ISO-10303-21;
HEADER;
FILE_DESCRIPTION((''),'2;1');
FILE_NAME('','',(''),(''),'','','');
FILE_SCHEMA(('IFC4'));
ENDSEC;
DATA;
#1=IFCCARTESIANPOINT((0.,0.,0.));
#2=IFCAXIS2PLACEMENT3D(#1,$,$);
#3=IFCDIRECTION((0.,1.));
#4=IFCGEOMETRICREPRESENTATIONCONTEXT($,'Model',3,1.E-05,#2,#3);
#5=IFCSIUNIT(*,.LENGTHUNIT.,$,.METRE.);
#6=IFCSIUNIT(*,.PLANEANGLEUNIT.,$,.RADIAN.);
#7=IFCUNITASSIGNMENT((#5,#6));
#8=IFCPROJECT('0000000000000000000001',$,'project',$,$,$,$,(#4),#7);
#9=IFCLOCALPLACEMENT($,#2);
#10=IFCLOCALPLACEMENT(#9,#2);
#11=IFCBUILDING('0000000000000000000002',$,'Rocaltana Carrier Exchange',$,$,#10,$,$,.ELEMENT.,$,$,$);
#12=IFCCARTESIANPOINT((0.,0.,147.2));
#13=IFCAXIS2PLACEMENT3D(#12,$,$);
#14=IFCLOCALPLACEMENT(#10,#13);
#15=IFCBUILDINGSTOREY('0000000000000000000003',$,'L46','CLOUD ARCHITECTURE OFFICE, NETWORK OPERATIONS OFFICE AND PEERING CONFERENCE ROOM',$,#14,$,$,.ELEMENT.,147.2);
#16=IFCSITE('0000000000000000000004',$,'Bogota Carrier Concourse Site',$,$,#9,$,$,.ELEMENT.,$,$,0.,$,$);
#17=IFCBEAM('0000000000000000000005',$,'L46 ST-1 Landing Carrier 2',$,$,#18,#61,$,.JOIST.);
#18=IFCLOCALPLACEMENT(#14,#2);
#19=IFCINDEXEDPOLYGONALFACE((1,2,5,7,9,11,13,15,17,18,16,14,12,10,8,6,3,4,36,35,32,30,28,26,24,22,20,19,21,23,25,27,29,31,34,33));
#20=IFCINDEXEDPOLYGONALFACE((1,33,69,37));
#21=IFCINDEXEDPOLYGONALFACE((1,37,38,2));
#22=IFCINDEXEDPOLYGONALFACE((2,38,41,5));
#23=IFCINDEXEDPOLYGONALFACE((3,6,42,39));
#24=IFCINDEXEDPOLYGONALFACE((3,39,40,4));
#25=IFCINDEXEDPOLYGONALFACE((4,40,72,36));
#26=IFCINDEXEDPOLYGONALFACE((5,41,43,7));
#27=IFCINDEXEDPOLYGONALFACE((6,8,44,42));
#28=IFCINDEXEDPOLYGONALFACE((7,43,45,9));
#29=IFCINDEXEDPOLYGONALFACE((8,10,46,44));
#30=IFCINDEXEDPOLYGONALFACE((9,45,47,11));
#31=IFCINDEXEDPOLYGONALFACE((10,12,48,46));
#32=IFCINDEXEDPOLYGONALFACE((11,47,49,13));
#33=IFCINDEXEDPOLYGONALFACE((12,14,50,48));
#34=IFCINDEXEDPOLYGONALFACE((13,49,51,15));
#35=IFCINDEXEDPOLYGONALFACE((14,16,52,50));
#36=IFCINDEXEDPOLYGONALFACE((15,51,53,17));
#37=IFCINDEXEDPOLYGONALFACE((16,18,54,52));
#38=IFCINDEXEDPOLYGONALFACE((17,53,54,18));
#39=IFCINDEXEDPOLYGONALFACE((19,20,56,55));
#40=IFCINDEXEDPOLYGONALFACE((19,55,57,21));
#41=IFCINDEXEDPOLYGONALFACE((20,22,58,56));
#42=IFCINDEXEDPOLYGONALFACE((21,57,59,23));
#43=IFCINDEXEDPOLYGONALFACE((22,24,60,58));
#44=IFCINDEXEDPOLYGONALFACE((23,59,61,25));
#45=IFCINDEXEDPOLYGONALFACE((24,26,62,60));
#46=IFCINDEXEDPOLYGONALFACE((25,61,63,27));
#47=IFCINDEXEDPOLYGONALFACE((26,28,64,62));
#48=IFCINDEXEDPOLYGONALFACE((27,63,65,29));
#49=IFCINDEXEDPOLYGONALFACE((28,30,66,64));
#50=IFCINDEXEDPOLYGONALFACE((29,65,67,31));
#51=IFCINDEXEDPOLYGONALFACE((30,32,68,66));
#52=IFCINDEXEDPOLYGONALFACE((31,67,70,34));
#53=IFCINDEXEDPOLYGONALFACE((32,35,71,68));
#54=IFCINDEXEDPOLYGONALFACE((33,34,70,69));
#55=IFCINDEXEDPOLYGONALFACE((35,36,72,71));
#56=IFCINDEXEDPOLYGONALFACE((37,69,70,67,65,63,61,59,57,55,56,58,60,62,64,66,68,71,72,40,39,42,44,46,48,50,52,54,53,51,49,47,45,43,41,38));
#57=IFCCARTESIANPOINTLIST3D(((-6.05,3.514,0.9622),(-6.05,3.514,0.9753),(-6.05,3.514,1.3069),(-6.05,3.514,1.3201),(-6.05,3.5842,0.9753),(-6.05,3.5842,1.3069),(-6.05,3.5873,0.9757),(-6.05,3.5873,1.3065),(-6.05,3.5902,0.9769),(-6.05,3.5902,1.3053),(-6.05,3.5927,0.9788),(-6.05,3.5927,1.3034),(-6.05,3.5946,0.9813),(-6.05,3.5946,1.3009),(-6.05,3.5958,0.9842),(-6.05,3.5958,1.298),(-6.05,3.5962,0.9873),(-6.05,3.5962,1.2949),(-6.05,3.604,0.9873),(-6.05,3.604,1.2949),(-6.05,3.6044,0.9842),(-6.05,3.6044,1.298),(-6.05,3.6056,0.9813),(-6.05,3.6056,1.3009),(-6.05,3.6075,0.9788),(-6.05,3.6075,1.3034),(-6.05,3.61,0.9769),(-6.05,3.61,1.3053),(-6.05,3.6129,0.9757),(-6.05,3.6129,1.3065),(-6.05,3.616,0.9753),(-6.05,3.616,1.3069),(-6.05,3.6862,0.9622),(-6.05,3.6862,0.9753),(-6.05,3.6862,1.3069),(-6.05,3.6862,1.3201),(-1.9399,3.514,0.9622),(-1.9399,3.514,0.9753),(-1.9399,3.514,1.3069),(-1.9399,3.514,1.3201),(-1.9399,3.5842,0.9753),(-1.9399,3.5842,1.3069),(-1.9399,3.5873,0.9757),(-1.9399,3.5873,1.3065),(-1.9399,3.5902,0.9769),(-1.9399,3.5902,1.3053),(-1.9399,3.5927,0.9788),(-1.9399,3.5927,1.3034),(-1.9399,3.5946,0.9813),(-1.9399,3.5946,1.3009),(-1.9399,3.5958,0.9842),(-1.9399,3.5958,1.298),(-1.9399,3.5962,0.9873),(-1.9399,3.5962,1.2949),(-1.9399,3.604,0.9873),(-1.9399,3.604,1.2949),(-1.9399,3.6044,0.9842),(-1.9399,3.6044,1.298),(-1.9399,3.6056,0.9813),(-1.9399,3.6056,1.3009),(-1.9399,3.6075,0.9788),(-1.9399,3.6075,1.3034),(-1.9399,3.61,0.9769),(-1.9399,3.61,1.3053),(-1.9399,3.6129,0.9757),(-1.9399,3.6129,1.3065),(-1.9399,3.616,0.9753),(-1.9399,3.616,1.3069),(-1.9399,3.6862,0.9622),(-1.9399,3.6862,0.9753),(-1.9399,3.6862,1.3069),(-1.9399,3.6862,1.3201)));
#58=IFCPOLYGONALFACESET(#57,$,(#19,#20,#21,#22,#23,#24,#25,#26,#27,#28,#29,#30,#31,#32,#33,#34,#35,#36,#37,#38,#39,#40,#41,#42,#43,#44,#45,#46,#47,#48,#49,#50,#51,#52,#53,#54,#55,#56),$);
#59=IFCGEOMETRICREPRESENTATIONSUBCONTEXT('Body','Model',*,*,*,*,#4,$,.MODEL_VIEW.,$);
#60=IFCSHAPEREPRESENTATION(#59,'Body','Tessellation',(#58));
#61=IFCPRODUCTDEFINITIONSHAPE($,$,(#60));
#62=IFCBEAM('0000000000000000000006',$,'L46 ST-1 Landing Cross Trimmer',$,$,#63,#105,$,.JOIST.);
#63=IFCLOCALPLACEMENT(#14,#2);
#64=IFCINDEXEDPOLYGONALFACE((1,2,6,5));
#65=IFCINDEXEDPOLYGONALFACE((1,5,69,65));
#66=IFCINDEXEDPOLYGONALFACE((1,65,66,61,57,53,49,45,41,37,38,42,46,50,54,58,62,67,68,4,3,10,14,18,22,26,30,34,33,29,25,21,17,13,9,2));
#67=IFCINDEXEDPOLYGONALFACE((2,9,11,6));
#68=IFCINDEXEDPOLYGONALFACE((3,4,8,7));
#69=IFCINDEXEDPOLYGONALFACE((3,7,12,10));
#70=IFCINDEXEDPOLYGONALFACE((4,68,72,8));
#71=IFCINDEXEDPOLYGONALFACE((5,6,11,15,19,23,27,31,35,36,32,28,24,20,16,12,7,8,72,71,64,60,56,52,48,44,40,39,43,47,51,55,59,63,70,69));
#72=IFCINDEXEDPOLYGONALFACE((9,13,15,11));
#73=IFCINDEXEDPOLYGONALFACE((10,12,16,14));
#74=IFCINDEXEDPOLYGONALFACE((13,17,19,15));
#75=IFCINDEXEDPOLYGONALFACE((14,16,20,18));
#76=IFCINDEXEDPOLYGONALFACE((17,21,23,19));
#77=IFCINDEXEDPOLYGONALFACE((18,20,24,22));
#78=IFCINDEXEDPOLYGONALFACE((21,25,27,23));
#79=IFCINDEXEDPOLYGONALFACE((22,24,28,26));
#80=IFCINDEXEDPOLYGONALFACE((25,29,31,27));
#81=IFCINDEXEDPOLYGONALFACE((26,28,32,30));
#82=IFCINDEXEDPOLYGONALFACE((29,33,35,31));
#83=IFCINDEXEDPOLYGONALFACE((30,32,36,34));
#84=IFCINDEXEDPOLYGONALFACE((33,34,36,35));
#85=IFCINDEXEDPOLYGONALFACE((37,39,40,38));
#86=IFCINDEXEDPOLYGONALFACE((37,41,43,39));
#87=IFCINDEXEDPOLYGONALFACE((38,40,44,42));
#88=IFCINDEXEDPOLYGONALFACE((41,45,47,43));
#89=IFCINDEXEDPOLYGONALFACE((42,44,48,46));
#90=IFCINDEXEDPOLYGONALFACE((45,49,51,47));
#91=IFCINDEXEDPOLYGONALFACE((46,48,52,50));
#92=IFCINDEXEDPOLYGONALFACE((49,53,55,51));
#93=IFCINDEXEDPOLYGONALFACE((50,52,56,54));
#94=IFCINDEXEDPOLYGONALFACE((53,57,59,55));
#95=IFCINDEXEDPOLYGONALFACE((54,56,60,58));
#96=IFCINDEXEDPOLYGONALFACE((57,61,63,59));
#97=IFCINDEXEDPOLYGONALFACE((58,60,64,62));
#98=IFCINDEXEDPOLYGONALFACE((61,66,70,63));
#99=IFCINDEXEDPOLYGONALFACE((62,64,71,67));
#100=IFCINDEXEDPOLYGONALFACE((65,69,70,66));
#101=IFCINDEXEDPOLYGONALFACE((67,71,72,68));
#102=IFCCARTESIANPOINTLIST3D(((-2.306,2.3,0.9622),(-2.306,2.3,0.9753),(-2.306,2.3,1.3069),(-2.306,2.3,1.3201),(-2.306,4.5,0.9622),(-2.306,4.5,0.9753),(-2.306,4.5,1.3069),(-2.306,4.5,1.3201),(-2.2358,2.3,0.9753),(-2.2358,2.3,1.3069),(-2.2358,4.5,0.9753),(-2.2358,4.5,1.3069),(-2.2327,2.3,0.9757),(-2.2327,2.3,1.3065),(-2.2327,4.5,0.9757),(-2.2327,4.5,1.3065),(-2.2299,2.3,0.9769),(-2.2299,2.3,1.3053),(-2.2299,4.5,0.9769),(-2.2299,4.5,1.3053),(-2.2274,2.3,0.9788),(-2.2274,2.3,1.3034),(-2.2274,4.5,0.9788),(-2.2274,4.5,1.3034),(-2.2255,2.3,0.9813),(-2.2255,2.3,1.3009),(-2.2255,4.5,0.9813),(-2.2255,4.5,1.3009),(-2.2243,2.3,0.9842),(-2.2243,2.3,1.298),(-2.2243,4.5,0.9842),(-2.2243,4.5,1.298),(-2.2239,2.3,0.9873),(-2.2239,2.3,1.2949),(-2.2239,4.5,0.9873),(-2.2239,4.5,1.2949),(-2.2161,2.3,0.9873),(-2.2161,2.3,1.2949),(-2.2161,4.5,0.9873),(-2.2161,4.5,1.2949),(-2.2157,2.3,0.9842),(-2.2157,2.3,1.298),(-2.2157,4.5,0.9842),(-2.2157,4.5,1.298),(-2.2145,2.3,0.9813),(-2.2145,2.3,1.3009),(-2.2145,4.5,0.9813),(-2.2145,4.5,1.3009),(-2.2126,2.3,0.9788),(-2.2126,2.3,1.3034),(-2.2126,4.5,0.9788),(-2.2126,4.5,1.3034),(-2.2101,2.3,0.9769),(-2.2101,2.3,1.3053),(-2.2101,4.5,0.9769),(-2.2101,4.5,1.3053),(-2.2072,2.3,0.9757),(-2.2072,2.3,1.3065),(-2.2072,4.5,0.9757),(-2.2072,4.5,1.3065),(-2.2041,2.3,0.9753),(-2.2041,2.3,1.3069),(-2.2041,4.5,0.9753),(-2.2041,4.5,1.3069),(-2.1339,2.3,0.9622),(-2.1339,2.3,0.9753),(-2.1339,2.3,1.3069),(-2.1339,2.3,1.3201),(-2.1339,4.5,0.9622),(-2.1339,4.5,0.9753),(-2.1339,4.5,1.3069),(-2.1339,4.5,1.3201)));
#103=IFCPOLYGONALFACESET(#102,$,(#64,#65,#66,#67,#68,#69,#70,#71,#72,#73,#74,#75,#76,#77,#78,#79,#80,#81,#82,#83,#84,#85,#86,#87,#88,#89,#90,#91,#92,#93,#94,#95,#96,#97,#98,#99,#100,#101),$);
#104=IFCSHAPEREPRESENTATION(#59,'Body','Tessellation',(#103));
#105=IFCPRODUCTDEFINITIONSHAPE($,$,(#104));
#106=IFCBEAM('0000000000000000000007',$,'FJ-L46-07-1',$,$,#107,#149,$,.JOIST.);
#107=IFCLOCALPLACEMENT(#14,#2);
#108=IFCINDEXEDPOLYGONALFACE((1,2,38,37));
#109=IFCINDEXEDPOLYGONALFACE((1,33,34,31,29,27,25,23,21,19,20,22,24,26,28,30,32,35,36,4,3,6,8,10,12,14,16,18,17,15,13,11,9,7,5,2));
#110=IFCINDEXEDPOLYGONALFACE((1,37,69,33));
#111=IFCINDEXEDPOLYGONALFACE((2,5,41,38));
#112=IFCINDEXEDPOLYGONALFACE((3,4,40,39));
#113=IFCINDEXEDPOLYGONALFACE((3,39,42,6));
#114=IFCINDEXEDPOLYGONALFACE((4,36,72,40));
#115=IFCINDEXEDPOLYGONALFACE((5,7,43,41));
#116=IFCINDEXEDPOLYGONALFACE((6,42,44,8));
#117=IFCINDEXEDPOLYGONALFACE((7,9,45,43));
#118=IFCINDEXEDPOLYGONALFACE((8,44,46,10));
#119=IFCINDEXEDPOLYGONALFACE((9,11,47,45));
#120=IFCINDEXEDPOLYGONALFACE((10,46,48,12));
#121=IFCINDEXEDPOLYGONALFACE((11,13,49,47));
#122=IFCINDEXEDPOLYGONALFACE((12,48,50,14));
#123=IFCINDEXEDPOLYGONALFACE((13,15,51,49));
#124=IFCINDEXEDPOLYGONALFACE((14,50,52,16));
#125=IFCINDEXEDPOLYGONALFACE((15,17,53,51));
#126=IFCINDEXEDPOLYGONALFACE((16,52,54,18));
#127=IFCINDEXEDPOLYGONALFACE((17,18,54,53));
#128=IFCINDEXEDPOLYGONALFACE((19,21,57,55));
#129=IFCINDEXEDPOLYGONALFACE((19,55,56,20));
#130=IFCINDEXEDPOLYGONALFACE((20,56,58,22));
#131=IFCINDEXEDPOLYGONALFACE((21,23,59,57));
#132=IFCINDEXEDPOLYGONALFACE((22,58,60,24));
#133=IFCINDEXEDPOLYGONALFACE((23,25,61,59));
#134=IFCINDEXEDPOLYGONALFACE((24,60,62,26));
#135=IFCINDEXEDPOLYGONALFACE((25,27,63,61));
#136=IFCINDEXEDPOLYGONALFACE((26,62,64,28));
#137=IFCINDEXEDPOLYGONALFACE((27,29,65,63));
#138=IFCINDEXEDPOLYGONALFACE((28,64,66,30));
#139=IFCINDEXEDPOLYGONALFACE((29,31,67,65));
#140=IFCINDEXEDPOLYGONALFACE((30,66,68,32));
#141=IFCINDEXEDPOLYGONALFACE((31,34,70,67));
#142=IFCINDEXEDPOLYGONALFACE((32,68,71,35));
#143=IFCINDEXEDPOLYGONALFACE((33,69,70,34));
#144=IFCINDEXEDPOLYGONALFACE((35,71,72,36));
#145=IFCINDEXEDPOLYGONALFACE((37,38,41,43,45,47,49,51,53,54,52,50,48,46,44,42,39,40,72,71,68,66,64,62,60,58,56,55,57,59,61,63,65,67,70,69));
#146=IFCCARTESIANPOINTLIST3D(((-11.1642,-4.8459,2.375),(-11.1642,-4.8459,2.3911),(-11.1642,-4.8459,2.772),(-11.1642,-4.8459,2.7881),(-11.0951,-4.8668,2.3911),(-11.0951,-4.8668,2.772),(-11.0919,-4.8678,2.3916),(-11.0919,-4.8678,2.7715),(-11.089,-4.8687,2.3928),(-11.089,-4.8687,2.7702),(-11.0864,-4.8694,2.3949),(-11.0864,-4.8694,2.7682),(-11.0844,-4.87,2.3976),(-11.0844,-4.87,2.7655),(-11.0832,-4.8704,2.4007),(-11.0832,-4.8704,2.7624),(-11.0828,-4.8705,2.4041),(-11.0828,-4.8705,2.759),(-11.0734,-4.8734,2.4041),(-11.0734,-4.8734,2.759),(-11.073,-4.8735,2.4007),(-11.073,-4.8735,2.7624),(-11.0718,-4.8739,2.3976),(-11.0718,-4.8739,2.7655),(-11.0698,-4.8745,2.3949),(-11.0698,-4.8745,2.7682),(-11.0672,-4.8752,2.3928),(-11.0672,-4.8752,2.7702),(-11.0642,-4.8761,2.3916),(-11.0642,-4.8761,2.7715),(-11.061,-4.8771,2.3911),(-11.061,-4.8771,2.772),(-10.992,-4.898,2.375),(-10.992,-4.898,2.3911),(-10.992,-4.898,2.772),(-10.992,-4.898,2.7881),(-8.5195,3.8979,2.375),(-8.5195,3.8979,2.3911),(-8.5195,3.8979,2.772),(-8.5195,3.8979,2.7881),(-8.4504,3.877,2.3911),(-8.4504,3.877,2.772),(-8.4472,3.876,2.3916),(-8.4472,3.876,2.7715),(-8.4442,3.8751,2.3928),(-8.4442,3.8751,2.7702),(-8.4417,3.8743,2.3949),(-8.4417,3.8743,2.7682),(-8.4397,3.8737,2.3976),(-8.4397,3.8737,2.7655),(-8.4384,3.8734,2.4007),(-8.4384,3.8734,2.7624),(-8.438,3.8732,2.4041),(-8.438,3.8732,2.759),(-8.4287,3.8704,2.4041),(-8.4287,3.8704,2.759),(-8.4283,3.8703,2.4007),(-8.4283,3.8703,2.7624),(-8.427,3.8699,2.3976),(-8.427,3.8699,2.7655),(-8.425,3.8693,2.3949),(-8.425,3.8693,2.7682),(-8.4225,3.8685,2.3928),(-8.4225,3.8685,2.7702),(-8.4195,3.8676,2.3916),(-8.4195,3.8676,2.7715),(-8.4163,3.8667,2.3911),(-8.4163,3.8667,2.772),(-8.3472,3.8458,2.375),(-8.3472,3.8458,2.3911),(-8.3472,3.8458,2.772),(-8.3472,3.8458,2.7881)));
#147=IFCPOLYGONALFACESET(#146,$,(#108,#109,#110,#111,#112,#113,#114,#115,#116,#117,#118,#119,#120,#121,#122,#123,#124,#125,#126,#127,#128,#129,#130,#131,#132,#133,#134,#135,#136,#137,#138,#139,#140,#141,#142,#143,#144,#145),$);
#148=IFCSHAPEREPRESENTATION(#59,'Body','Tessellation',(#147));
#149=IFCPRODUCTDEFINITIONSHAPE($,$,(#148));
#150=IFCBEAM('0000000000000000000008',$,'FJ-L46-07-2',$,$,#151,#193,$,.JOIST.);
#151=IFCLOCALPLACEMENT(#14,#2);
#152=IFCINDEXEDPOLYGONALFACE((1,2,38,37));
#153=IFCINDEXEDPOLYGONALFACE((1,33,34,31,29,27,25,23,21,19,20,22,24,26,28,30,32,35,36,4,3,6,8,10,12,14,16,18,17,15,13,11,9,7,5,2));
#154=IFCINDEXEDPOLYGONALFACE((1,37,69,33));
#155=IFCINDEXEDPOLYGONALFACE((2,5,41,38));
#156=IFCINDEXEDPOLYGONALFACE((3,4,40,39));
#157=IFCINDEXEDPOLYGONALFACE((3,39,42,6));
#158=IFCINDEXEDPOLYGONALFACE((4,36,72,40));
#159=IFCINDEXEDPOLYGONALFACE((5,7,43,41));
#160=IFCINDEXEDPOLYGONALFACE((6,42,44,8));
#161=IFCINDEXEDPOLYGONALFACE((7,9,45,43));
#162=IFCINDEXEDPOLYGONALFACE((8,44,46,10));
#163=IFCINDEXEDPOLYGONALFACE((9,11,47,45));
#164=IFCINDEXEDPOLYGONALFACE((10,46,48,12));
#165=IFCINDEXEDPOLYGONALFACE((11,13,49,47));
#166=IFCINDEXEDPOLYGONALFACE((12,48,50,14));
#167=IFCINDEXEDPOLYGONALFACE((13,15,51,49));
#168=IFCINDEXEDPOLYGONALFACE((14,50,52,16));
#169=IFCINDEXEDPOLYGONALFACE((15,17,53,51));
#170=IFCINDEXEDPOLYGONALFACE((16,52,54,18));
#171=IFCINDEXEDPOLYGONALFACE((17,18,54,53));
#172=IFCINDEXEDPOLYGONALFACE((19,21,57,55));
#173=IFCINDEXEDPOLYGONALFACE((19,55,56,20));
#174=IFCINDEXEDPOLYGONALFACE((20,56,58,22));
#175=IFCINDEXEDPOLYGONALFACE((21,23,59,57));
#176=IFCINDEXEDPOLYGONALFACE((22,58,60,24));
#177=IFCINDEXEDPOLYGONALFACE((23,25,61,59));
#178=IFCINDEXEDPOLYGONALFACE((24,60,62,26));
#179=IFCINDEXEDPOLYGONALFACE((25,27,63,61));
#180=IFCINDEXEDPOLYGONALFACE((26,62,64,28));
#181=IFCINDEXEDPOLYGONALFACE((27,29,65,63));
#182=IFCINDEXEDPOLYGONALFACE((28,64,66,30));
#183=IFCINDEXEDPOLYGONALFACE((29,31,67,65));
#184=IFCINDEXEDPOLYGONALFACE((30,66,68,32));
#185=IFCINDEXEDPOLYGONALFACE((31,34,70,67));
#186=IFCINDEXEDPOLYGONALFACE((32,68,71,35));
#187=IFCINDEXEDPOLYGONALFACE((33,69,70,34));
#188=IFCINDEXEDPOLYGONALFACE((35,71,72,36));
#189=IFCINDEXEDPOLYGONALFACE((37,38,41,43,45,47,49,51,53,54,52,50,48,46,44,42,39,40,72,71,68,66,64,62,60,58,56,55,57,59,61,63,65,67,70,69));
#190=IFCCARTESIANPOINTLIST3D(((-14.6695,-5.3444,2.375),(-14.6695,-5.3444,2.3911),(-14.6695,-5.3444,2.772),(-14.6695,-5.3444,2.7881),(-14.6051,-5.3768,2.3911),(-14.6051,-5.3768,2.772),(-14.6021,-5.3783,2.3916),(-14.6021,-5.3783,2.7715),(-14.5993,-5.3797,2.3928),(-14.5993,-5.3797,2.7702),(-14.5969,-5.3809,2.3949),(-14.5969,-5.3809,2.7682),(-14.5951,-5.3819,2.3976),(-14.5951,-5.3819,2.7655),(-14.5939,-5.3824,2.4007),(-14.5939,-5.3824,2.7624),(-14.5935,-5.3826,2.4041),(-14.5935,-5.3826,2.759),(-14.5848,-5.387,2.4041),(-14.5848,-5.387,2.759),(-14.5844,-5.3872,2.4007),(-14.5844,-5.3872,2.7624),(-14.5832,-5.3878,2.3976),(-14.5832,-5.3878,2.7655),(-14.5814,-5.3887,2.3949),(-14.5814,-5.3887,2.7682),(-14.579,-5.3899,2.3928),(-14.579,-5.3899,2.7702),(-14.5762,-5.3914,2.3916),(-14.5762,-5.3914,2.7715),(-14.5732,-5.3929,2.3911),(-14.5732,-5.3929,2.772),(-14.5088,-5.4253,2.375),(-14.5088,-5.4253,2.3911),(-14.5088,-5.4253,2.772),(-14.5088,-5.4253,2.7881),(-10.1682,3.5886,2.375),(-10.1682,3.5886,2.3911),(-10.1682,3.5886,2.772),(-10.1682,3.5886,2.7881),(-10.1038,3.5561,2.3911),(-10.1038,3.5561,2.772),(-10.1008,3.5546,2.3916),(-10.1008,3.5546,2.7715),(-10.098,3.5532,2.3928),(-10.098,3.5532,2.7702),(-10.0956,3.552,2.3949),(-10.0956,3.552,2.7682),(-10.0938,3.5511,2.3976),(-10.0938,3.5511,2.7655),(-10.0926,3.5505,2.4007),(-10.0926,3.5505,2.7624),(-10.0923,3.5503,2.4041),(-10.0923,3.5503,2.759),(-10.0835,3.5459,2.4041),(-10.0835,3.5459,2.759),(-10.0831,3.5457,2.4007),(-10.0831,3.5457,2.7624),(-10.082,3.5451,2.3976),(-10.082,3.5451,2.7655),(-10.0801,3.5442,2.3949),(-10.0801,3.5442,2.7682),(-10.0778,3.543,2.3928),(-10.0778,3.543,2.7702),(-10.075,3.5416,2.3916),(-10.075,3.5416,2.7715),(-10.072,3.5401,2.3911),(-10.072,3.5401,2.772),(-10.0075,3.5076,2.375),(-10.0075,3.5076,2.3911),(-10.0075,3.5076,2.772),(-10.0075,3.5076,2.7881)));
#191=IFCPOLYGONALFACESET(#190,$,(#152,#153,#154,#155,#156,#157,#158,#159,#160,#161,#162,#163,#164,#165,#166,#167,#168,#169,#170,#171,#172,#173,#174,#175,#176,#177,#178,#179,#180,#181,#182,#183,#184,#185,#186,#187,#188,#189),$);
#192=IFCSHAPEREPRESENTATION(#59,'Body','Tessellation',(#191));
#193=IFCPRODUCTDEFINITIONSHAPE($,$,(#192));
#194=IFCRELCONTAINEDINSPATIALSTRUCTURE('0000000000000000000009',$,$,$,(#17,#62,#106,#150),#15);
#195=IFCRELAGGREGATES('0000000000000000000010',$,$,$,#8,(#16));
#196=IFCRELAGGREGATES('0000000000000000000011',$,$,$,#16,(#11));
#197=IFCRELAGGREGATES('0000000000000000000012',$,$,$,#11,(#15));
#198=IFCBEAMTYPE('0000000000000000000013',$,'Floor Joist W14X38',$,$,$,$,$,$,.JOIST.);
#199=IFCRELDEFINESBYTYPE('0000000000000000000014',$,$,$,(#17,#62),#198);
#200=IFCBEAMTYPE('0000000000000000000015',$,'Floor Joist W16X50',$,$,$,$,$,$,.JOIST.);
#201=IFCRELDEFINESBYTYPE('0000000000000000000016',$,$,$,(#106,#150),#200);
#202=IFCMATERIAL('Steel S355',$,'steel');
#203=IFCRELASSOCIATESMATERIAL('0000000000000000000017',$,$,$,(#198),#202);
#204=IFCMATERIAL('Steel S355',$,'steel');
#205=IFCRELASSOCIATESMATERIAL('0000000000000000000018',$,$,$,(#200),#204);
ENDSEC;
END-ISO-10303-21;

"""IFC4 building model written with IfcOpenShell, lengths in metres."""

from ifc_helpers import new_model, si_unit, direction, frame, origin, origin_2d, place, context, subcontext, project, spatial, i_section, extrude, material, material_profile, profile_set, type_object, element, save


model = new_model("IFC4")

# Units and contexts
model_context = context("Model", 3, precision=1e-05, world=origin(), true_north=direction((0.0, 1.0)))
body_context = subcontext(model_context, "Body", "Model", "MODEL_VIEW")
ifc_project = project(units=[si_unit("LENGTHUNIT", "METRE"), si_unit("PLANEANGLEUNIT", "RADIAN")], contexts=[model_context])

# Site, building, storey
site_placement = place(None, origin())
site = spatial("IfcSite", under=ifc_project, at=site_placement, Name="Bogota Carrier Concourse Site", CompositionType="ELEMENT", RefElevation=0.0)
building_placement = place(site_placement, origin())
building = spatial("IfcBuilding", under=site, at=building_placement, Name="Rocaltana Carrier Exchange", CompositionType="ELEMENT")
storey_placement = place(building_placement, frame((0.0, 0.0, 147.2)))
storey = spatial("IfcBuildingStorey", under=building, at=storey_placement, Name="L46", Description="CLOUD ARCHITECTURE OFFICE, NETWORK OPERATIONS OFFICE AND PEERING CONFERENCE ROOM", CompositionType="ELEMENT", Elevation=147.2)

# Beams
ifc_material_1 = material(Name="Steel S355", Category="steel")
ifc_material_profile_1 = material_profile(ifc_material_1, i_section(OverallWidth=0.1721, OverallDepth=0.3579, WebThickness=0.0078, FlangeThickness=0.0132, FilletRadius=0.012, at=origin_2d()), Name="W14X38")
ifc_profile_set_1 = profile_set([ifc_material_profile_1], Name="Steel S355")
beam_type_1 = type_object("IfcBeamType", Name="Floor Joist W14X38", PredefinedType="JOIST", material=ifc_profile_set_1)
for number, where, z_axis, x_axis, name in (
    (1, (-6.05, 3.6001, 1.1411), (1.0, 0.0, 0.0), (0.0, 1.0, 0.0), "L46 ST-1 Landing Carrier 2"),
):
    element("IfcBeam", number, at=place(storey_placement, frame(where, z_axis=z_axis, x_axis=x_axis)), inside=storey, type_object=beam_type_1, Name=name, PredefinedType="JOIST", context=body_context, shape_type="SweptSolid", body=[
        extrude(i_section(OverallWidth=0.1721, OverallDepth=0.3579, WebThickness=0.0078, FlangeThickness=0.0132, FilletRadius=0.012, at=origin_2d()), origin(), (0.0, 0.0, 1.0), 4.1101),
    ])
beam_1_placement = place(storey_placement, frame((-2.22, 2.3, 1.1411), z_axis=(0.0, 1.0, 0.0), x_axis=(-1.0, 0.0, 0.0)))
element("IfcBeam", 2, at=beam_1_placement, inside=storey, type_object=beam_type_1, Name="L46 ST-1 Landing Cross Trimmer", PredefinedType="JOIST", context=body_context, shape_type="SweptSolid", body=[
    extrude(i_section(OverallWidth=0.1721, OverallDepth=0.3579, WebThickness=0.0078, FlangeThickness=0.0132, FilletRadius=0.012, at=origin_2d()), origin(), (0.0, 0.0, 1.0), 2.2),
])
ifc_material_2 = material(Name="Steel S355", Category="steel")
ifc_material_profile_2 = material_profile(ifc_material_2, i_section(OverallWidth=0.1799, OverallDepth=0.4131, WebThickness=0.0098, FlangeThickness=0.0161, FilletRadius=0.0129, at=origin_2d()), Name="W16X50")
ifc_profile_set_2 = profile_set([ifc_material_profile_2], Name="Steel S355")
beam_type_2 = type_object("IfcBeamType", Name="Floor Joist W16X50", PredefinedType="JOIST", material=ifc_profile_set_2)
beam_2_placement = place(storey_placement, frame((-8.4333, 3.8718, 2.5815), z_axis=(-0.289517, -0.957173, 0.0), x_axis=(0.957173, -0.289517, 0.0)))
element("IfcBeam", 3, at=beam_2_placement, inside=storey, type_object=beam_type_2, Name="FJ-L46-07-1", PredefinedType="JOIST", context=body_context, shape_type="SweptSolid", body=[
    extrude(i_section(OverallWidth=0.1799, OverallDepth=0.4131, WebThickness=0.0098, FlangeThickness=0.0161, FilletRadius=0.0129, at=origin_2d()), origin(), (0.0, 0.0, 1.0), 9.135),
])
beam_3_placement = place(storey_placement, frame((-10.0879, 3.5481, 2.5815), z_axis=(-0.449994, -0.893032, 0.0), x_axis=(0.893032, -0.449994, 0.0)))
element("IfcBeam", 4, at=beam_3_placement, inside=storey, type_object=beam_type_2, Name="FJ-L46-07-2", PredefinedType="JOIST", context=body_context, shape_type="SweptSolid", body=[
    extrude(i_section(OverallWidth=0.1799, OverallDepth=0.4131, WebThickness=0.0098, FlangeThickness=0.0161, FilletRadius=0.0129, at=origin_2d()), origin(), (0.0, 0.0, 1.0), 10.0029),
])

save(model, "model.ifc")
